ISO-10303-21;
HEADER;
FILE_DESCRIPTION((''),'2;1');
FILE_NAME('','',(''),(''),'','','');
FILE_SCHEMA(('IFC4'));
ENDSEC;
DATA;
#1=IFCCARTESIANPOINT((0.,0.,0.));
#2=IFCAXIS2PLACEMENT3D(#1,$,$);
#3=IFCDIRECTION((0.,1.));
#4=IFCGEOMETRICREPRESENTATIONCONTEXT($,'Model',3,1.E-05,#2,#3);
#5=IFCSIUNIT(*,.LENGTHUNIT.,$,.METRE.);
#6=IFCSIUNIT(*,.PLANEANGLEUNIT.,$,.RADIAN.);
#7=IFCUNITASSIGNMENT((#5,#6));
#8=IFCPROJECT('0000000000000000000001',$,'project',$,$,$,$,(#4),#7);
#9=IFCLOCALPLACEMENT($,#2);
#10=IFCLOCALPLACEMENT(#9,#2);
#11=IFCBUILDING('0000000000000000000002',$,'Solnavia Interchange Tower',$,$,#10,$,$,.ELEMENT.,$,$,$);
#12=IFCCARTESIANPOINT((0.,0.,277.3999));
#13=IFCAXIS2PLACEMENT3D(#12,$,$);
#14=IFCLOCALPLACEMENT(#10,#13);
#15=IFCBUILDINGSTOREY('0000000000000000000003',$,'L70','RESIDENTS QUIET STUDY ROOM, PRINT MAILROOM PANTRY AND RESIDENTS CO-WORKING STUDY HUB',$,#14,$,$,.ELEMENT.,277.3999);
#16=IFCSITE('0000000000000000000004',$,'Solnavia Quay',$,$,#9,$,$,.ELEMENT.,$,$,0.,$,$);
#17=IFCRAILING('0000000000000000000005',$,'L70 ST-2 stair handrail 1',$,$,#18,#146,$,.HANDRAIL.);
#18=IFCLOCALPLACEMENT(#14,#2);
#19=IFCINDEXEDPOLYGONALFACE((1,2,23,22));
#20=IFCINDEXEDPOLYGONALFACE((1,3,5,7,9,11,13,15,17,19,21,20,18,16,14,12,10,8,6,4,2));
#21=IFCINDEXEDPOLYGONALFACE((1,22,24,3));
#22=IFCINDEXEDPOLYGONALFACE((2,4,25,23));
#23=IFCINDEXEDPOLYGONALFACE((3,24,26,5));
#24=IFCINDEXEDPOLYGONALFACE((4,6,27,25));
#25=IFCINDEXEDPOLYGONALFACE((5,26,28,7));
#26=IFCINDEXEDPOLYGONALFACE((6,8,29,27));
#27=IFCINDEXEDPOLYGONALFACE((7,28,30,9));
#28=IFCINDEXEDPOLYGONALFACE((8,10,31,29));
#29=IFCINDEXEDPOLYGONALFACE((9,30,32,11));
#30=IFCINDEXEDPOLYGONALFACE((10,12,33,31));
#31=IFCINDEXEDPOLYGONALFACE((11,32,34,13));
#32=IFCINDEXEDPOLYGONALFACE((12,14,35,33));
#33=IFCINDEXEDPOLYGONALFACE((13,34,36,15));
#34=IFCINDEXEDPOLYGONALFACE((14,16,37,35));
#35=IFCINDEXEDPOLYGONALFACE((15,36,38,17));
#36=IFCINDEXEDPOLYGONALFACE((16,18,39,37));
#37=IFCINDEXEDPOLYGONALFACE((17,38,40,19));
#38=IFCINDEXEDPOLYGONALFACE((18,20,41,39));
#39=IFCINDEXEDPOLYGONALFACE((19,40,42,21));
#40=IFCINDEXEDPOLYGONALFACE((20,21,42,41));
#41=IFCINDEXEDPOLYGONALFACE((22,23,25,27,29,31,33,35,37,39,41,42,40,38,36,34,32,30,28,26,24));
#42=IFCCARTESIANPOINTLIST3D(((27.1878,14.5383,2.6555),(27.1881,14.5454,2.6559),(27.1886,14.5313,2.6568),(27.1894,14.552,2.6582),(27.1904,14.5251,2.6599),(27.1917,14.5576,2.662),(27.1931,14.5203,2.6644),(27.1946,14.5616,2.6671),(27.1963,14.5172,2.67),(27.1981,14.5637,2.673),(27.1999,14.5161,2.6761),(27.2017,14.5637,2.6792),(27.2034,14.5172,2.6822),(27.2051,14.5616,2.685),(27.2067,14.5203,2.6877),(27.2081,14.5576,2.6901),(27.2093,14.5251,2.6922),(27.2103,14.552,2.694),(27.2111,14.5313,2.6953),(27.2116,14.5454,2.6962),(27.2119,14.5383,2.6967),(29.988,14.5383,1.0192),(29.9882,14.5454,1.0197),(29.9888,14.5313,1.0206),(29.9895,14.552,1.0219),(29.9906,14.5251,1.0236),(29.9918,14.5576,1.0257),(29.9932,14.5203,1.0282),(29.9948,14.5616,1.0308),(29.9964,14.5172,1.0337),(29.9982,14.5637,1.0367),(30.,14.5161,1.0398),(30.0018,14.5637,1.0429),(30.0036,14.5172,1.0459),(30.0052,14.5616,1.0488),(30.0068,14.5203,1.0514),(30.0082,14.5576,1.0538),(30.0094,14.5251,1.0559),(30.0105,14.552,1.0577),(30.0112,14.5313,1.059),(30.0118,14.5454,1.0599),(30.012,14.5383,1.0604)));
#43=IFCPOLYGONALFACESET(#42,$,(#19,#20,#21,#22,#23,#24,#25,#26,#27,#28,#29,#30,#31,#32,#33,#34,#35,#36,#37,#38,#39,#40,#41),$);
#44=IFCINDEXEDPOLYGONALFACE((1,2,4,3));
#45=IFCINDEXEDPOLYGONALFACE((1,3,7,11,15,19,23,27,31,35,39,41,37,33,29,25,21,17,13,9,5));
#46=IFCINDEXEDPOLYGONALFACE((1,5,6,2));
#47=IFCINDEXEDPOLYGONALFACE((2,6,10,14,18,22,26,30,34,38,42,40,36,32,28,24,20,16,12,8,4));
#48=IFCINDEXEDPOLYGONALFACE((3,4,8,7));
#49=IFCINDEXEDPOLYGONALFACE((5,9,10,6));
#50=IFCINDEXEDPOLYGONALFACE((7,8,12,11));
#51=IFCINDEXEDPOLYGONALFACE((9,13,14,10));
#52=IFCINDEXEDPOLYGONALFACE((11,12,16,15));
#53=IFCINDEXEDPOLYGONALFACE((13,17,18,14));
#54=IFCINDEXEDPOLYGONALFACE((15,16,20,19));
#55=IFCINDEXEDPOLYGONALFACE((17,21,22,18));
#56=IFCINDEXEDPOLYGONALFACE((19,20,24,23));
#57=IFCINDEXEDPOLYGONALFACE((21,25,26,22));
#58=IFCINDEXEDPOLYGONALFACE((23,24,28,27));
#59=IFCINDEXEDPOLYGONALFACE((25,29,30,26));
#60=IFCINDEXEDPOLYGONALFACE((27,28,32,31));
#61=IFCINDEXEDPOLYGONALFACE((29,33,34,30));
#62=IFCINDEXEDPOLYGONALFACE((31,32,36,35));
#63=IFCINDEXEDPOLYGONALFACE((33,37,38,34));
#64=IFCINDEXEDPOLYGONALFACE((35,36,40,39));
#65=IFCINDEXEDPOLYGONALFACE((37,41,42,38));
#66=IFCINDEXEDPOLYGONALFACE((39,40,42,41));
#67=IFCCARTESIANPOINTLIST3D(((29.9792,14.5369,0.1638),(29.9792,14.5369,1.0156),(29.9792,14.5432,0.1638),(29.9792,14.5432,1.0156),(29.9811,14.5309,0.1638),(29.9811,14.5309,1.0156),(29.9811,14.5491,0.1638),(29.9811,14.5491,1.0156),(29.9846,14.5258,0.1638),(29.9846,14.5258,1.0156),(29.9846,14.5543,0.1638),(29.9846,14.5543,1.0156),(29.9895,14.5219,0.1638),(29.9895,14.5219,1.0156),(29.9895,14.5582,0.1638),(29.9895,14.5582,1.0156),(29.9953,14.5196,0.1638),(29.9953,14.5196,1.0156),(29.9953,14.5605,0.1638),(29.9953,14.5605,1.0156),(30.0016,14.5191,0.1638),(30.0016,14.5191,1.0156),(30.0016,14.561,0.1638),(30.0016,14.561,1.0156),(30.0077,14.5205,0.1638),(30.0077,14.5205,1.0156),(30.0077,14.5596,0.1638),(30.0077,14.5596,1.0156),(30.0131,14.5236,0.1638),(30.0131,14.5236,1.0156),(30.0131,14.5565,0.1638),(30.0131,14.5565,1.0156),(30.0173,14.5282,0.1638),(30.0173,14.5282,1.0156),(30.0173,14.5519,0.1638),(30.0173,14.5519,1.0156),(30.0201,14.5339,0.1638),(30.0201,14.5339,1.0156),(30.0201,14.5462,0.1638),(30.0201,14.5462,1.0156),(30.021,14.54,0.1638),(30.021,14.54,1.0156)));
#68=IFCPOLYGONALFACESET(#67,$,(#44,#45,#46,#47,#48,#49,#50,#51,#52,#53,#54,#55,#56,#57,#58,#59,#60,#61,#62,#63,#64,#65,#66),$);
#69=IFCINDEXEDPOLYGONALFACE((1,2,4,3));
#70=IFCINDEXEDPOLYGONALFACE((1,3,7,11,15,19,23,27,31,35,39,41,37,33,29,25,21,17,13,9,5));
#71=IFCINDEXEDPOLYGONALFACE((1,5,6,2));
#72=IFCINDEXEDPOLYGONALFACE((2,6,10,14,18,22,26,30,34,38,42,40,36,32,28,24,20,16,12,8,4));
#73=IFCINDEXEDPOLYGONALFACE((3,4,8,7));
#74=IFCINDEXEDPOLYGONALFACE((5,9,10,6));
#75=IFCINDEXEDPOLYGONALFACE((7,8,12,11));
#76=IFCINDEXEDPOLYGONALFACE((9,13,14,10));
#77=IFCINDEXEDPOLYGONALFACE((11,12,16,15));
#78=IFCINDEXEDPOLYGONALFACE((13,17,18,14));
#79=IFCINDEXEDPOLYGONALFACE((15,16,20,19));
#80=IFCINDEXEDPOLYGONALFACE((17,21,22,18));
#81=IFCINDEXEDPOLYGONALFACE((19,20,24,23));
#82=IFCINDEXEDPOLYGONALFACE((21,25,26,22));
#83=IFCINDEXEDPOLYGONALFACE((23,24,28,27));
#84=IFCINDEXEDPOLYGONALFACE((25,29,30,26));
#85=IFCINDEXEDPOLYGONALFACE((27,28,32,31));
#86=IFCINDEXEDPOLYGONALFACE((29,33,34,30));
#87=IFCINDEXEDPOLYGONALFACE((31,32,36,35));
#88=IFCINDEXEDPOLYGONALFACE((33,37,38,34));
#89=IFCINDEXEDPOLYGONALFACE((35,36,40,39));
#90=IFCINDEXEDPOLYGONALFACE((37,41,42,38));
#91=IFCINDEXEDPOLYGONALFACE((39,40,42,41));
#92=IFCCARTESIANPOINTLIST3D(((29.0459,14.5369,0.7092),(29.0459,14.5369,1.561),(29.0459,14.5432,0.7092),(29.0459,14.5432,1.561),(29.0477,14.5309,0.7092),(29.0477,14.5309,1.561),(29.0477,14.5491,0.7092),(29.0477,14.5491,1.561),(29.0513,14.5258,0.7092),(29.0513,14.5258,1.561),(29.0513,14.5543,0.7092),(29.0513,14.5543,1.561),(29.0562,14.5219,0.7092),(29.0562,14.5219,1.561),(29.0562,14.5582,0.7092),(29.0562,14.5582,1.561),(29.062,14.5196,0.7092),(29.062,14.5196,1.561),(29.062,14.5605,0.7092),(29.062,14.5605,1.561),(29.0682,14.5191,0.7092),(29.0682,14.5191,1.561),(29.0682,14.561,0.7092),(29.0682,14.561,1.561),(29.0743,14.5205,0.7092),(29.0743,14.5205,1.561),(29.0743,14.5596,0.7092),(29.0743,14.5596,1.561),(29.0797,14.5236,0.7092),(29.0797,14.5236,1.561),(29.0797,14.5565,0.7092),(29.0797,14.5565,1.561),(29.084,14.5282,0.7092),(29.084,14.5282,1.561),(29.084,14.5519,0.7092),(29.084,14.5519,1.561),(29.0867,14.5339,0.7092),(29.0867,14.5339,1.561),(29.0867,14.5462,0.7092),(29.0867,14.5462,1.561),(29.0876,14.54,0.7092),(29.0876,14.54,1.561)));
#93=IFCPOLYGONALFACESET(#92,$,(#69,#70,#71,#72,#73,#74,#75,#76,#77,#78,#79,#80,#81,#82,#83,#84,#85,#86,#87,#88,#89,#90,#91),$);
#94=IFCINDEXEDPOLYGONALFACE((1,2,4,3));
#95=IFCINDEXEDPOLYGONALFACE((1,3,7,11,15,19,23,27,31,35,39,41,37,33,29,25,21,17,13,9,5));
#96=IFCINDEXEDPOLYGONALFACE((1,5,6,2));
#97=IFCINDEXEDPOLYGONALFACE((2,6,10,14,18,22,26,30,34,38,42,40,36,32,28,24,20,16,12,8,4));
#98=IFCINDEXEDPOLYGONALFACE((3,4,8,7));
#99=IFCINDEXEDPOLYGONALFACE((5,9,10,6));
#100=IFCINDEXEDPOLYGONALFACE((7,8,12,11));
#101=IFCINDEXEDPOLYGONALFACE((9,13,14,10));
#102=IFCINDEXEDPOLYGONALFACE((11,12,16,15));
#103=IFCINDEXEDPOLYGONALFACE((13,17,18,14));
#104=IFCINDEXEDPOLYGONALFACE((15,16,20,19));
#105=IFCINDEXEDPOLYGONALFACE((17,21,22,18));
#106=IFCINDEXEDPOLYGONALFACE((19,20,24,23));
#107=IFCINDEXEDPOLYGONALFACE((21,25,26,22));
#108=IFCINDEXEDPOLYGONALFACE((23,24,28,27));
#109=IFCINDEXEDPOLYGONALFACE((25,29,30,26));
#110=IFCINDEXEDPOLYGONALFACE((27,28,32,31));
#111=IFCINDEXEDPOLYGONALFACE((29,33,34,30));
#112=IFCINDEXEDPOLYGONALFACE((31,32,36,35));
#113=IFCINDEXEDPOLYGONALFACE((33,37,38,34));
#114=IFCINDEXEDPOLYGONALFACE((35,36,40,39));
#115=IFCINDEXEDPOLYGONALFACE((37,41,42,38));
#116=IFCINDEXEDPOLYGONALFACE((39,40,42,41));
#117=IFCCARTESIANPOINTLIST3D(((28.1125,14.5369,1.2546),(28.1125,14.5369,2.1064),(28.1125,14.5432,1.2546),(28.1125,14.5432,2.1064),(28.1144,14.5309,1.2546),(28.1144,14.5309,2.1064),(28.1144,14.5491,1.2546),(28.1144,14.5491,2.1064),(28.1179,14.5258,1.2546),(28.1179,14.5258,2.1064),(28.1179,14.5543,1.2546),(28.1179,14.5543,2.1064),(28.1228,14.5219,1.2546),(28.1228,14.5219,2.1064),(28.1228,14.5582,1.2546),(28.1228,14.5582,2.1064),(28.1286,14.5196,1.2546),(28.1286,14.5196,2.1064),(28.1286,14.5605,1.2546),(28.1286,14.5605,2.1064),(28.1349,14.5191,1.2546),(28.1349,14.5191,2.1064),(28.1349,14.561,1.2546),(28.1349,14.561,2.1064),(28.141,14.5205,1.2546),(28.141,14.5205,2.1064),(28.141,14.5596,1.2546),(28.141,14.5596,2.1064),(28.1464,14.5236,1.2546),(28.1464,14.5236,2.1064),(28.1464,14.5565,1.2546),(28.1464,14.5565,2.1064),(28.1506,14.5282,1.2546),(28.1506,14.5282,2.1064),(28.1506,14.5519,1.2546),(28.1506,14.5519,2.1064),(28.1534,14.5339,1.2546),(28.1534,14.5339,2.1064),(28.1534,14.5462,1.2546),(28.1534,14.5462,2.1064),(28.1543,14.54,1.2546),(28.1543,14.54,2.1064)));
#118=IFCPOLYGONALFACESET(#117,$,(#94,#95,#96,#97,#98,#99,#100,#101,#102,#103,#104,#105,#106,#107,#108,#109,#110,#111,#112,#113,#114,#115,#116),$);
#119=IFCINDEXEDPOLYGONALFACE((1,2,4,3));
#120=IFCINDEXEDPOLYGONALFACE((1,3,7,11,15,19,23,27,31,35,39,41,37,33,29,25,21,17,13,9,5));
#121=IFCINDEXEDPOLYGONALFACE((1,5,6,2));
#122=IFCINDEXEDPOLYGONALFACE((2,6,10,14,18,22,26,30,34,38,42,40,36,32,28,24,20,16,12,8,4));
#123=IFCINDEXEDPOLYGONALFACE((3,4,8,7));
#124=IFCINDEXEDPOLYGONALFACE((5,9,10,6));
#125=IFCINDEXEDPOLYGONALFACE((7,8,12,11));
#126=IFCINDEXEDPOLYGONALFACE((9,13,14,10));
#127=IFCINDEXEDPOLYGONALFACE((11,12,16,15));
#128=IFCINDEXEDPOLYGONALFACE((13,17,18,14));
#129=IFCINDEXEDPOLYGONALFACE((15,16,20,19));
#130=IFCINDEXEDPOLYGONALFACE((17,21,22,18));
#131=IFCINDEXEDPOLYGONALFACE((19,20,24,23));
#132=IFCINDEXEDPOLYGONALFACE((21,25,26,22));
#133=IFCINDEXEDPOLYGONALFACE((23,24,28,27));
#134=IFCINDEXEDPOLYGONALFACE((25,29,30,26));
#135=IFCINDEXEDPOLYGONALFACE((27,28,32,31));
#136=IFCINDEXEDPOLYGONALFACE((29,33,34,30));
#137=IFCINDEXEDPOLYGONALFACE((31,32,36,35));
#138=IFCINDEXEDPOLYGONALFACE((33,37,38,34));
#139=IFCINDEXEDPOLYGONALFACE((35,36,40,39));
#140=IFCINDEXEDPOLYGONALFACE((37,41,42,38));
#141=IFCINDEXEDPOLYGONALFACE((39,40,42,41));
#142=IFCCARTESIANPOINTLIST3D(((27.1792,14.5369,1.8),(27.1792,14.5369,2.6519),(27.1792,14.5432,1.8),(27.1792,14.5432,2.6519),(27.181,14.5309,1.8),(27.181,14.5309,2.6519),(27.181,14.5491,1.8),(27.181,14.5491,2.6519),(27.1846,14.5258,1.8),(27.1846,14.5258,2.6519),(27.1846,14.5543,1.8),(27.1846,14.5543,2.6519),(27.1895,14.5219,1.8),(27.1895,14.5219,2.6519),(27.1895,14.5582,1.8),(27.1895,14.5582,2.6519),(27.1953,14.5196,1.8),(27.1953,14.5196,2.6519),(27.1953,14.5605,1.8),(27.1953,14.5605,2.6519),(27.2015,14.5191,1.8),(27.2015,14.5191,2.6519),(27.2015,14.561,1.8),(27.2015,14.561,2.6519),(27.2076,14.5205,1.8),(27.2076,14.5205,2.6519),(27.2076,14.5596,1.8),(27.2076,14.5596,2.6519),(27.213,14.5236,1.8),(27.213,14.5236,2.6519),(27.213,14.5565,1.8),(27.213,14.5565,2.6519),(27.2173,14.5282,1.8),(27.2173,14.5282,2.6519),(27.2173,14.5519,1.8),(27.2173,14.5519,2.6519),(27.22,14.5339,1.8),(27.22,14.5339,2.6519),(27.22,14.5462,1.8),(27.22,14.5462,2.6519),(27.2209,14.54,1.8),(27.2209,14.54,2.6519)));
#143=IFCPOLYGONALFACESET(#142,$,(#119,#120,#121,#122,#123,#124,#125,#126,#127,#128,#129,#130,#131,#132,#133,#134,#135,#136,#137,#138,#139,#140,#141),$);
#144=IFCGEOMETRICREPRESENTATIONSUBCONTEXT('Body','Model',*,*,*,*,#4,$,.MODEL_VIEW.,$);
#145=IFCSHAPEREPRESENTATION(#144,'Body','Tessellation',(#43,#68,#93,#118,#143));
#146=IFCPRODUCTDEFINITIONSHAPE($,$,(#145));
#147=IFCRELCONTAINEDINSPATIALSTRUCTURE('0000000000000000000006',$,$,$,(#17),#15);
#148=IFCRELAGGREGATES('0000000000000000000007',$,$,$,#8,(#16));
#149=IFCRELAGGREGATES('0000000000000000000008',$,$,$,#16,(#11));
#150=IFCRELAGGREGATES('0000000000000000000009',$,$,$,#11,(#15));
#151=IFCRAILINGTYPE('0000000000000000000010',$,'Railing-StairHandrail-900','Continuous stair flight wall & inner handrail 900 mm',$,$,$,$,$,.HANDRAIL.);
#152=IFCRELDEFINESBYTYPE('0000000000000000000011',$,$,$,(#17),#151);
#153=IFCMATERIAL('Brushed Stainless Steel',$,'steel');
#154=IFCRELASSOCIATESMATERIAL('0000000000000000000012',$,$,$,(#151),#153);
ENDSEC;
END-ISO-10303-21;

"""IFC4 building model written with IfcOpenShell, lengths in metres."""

from ifc_helpers import new_model, si_unit, direction, frame, origin, origin_2d, place, context, subcontext, project, spatial, circle, extrude, material, type_object, element, save


model = new_model("IFC4")

# Units and contexts
model_context = context("Model", 3, precision=1e-05, world=origin(), true_north=direction((0.0, 1.0)))
body_context = subcontext(model_context, "Body", "Model", "MODEL_VIEW")
ifc_project = project(units=[si_unit("LENGTHUNIT", "METRE"), si_unit("PLANEANGLEUNIT", "RADIAN")], contexts=[model_context])

# Site, building, storey
site_placement = place(None, origin())
site = spatial("IfcSite", under=ifc_project, at=site_placement, Name="Solnavia Quay", CompositionType="ELEMENT", RefElevation=0.0)
building_placement = place(site_placement, origin())
building = spatial("IfcBuilding", under=site, at=building_placement, Name="Solnavia Interchange Tower", CompositionType="ELEMENT")
storey_placement = place(building_placement, frame((0.0, 0.0, 277.3999)))
storey = spatial("IfcBuildingStorey", under=building, at=storey_placement, Name="L70", Description="RESIDENTS QUIET STUDY ROOM, PRINT MAILROOM PANTRY AND RESIDENTS CO-WORKING STUDY HUB", CompositionType="ELEMENT", Elevation=277.3999)

# Railing
ifc_material_1 = material(Name="Brushed Stainless Steel", Category="steel")
railing_type_1 = type_object("IfcRailingType", Name="Railing-StairHandrail-900", Description="Continuous stair flight wall & inner handrail 900 mm", PredefinedType="HANDRAIL", material=ifc_material_1)
railing_1_placement = place(storey_placement, frame((30.0, 14.54, 0.1638)))
element("IfcRailing", 1, at=railing_1_placement, inside=storey, type_object=railing_type_1, Name="L70 ST-2 stair handrail 1", PredefinedType="HANDRAIL", context=body_context, shape_type="SweptSolid", body=[
    extrude(circle(Radius=0.0239, at=origin_2d()), frame((0.0, 0.0, 0.876), z_axis=(-0.863394, 0.0, 0.504531), x_axis=(0.0, -1.0, 0.0)), (0.0, 0.0, 1.0), 3.2432),
    extrude(circle(Radius=0.021, at=origin_2d()), origin(), (0.0, 0.0, 1.0), 0.8518),
    extrude(circle(Radius=0.021, at=origin_2d()), frame((-0.9333, 0.0, 0.5454)), (0.0, 0.0, 1.0), 0.8518),
    extrude(circle(Radius=0.021, at=origin_2d()), frame((-1.8667, 0.0, 1.0908)), (0.0, 0.0, 1.0), 0.8518),
    extrude(circle(Radius=0.021, at=origin_2d()), frame((-2.8, 0.0, 1.6362)), (0.0, 0.0, 1.0), 0.8518),
])

save(model, "model.ifc")
